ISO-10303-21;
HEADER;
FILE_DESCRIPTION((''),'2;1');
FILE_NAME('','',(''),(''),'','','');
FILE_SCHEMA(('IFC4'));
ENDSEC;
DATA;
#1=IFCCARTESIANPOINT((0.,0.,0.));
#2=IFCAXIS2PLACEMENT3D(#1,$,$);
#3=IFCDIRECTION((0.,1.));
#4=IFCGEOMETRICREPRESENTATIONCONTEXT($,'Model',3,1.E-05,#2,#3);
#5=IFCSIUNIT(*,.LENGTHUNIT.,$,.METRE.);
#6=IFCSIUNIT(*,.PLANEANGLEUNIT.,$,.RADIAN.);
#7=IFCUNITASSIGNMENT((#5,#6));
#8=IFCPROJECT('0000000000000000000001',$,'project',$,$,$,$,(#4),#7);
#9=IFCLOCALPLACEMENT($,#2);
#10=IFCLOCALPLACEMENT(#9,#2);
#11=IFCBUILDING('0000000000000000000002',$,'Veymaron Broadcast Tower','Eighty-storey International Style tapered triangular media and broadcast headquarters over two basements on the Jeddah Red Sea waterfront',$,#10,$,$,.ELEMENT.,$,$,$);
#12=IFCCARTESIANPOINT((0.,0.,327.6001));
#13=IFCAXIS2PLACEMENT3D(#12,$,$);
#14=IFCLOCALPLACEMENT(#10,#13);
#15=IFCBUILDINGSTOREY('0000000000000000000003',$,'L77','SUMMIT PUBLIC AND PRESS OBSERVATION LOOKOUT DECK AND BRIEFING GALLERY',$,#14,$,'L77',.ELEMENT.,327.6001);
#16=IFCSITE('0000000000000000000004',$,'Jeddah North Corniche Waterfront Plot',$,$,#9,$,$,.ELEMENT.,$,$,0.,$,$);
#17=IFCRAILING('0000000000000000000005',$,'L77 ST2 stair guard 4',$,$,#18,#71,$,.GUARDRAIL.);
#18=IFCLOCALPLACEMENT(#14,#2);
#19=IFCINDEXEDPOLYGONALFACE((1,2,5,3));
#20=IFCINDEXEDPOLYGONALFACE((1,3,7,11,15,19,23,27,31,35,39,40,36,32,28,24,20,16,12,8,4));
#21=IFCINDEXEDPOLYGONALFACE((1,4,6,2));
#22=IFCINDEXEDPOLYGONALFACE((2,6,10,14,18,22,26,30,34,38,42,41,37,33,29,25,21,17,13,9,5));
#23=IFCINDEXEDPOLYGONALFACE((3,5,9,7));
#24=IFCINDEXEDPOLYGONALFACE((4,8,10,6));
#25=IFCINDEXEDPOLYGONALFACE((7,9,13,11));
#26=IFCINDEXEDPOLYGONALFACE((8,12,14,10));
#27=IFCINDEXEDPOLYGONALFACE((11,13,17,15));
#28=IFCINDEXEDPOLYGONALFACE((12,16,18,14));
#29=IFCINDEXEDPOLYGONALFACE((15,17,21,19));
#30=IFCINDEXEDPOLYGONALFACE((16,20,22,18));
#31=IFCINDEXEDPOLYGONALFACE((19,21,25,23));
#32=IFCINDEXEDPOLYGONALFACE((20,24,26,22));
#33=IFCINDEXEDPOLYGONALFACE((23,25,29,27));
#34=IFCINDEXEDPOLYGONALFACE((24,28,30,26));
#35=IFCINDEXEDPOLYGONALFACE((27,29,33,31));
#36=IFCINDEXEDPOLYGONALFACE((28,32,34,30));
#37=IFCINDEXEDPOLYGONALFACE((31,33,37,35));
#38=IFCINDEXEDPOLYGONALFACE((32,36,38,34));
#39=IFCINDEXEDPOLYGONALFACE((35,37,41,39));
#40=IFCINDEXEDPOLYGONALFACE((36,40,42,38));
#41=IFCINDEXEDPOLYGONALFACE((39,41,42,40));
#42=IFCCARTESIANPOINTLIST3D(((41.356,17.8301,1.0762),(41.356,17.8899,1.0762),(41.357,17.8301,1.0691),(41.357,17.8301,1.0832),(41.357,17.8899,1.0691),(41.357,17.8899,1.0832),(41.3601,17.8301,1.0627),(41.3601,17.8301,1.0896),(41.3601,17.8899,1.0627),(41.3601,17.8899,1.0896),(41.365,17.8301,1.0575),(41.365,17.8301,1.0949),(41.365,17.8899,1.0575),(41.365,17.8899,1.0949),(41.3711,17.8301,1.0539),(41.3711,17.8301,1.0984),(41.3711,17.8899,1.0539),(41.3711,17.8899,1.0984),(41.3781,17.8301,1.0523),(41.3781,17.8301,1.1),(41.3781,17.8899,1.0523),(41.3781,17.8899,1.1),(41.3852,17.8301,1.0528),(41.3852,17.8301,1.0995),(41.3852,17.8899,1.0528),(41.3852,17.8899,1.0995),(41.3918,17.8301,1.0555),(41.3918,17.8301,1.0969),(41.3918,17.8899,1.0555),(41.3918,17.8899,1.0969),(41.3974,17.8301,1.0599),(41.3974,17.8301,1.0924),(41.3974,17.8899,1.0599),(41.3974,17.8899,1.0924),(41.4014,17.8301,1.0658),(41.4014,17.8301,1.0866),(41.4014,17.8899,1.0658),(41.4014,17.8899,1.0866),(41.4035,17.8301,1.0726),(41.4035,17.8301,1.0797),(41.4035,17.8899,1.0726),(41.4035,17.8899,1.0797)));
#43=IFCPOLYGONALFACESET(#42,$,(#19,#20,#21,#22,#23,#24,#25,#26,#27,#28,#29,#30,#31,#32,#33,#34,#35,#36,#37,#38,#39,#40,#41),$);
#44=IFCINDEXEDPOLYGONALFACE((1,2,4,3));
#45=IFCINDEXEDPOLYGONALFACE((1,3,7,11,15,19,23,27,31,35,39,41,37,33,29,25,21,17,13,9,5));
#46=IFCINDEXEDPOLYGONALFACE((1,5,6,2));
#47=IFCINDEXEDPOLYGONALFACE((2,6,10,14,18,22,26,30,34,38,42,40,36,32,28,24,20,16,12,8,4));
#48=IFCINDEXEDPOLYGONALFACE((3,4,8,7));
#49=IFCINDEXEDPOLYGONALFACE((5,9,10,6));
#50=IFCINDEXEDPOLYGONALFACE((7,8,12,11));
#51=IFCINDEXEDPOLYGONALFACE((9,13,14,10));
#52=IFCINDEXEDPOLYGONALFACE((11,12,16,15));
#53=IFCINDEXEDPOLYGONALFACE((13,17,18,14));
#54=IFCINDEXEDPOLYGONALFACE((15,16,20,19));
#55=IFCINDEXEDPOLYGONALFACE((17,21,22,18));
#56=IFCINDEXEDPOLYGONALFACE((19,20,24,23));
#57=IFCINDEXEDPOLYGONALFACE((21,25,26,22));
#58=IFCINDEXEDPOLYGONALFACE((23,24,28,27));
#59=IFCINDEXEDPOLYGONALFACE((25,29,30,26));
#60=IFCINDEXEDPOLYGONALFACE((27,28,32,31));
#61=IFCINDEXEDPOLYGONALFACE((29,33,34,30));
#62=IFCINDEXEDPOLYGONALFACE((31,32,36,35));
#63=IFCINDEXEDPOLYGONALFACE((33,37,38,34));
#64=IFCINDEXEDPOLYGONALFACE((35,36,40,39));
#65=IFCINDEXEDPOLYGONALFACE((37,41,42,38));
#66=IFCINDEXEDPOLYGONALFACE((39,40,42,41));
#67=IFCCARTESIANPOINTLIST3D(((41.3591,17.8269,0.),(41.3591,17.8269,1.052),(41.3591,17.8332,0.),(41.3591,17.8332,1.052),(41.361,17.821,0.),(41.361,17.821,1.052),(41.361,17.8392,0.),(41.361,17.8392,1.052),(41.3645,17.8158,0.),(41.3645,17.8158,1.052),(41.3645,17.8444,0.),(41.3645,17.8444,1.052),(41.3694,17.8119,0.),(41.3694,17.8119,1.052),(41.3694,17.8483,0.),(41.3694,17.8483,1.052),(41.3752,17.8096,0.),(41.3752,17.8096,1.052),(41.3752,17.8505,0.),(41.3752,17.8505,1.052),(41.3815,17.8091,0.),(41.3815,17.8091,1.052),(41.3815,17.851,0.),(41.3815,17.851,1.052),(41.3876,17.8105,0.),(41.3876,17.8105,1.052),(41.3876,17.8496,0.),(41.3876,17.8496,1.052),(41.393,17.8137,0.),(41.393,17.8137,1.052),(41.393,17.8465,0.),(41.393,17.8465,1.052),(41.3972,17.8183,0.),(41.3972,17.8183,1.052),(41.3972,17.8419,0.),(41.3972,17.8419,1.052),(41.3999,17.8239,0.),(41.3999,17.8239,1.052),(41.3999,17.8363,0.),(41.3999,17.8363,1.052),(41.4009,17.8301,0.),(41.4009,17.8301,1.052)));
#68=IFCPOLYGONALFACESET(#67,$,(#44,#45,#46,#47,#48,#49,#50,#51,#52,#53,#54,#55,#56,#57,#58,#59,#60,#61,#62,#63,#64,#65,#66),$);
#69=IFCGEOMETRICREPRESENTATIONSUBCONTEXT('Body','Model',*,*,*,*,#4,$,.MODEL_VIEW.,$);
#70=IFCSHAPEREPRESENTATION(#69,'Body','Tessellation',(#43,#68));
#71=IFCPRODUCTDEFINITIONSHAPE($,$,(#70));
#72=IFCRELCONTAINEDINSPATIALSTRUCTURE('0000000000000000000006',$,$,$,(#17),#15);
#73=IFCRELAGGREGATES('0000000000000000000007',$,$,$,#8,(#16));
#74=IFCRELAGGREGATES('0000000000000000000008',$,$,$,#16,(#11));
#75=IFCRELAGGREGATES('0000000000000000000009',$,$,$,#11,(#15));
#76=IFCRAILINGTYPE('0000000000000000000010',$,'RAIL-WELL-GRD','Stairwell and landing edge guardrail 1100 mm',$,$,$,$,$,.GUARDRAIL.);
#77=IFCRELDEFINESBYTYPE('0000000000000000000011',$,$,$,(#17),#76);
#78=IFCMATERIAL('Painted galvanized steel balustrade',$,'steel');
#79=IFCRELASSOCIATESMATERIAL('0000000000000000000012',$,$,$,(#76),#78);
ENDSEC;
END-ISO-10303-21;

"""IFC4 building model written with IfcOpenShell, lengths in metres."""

from ifc_helpers import new_model, si_unit, direction, frame, origin, origin_2d, place, context, subcontext, project, spatial, circle, extrude, material, type_object, element, save


model = new_model("IFC4")

# Units and contexts
model_context = context("Model", 3, precision=1e-05, world=origin(), true_north=direction((0.0, 1.0)))
body_context = subcontext(model_context, "Body", "Model", "MODEL_VIEW")
ifc_project = project(units=[si_unit("LENGTHUNIT", "METRE"), si_unit("PLANEANGLEUNIT", "RADIAN")], contexts=[model_context])

# Site, building, storey
site_placement = place(None, origin())
site = spatial("IfcSite", under=ifc_project, at=site_placement, Name="Jeddah North Corniche Waterfront Plot", CompositionType="ELEMENT", RefElevation=0.0)
building_placement = place(site_placement, origin())
building = spatial("IfcBuilding", under=site, at=building_placement, Name="Veymaron Broadcast Tower", Description="Eighty-storey International Style tapered triangular media and broadcast headquarters over two basements on the Jeddah Red Sea waterfront", CompositionType="ELEMENT")
storey_placement = place(building_placement, frame((0.0, 0.0, 327.6001)))
storey = spatial("IfcBuildingStorey", under=building, at=storey_placement, Name="L77", Description="SUMMIT PUBLIC AND PRESS OBSERVATION LOOKOUT DECK AND BRIEFING GALLERY", LongName="L77", CompositionType="ELEMENT", Elevation=327.6001)

# Railing
ifc_material_1 = material(Name="Painted galvanized steel balustrade", Category="steel")
railing_type_1 = type_object("IfcRailingType", Name="RAIL-WELL-GRD", Description="Stairwell and landing edge guardrail 1100 mm", PredefinedType="GUARDRAIL", material=ifc_material_1)
railing_1_placement = place(storey_placement, frame((41.3799, 17.8301, 0.0)))
element("IfcRailing", 1, at=railing_1_placement, inside=storey, type_object=railing_type_1, Name="L77 ST2 stair guard 4", PredefinedType="GUARDRAIL", context=body_context, shape_type="SweptSolid", body=[
    extrude(circle(Radius=0.0239, at=origin_2d()), frame((0.0, 0.0, 1.0762), z_axis=(0.0, 1.0, 0.0), x_axis=(-1.0, 0.0, 0.0)), (0.0, 0.0, 1.0), 0.0598),
    extrude(circle(Radius=0.021, at=origin_2d()), origin(), (0.0, 0.0, 1.0), 1.052),
])

save(model, "model.ifc")
